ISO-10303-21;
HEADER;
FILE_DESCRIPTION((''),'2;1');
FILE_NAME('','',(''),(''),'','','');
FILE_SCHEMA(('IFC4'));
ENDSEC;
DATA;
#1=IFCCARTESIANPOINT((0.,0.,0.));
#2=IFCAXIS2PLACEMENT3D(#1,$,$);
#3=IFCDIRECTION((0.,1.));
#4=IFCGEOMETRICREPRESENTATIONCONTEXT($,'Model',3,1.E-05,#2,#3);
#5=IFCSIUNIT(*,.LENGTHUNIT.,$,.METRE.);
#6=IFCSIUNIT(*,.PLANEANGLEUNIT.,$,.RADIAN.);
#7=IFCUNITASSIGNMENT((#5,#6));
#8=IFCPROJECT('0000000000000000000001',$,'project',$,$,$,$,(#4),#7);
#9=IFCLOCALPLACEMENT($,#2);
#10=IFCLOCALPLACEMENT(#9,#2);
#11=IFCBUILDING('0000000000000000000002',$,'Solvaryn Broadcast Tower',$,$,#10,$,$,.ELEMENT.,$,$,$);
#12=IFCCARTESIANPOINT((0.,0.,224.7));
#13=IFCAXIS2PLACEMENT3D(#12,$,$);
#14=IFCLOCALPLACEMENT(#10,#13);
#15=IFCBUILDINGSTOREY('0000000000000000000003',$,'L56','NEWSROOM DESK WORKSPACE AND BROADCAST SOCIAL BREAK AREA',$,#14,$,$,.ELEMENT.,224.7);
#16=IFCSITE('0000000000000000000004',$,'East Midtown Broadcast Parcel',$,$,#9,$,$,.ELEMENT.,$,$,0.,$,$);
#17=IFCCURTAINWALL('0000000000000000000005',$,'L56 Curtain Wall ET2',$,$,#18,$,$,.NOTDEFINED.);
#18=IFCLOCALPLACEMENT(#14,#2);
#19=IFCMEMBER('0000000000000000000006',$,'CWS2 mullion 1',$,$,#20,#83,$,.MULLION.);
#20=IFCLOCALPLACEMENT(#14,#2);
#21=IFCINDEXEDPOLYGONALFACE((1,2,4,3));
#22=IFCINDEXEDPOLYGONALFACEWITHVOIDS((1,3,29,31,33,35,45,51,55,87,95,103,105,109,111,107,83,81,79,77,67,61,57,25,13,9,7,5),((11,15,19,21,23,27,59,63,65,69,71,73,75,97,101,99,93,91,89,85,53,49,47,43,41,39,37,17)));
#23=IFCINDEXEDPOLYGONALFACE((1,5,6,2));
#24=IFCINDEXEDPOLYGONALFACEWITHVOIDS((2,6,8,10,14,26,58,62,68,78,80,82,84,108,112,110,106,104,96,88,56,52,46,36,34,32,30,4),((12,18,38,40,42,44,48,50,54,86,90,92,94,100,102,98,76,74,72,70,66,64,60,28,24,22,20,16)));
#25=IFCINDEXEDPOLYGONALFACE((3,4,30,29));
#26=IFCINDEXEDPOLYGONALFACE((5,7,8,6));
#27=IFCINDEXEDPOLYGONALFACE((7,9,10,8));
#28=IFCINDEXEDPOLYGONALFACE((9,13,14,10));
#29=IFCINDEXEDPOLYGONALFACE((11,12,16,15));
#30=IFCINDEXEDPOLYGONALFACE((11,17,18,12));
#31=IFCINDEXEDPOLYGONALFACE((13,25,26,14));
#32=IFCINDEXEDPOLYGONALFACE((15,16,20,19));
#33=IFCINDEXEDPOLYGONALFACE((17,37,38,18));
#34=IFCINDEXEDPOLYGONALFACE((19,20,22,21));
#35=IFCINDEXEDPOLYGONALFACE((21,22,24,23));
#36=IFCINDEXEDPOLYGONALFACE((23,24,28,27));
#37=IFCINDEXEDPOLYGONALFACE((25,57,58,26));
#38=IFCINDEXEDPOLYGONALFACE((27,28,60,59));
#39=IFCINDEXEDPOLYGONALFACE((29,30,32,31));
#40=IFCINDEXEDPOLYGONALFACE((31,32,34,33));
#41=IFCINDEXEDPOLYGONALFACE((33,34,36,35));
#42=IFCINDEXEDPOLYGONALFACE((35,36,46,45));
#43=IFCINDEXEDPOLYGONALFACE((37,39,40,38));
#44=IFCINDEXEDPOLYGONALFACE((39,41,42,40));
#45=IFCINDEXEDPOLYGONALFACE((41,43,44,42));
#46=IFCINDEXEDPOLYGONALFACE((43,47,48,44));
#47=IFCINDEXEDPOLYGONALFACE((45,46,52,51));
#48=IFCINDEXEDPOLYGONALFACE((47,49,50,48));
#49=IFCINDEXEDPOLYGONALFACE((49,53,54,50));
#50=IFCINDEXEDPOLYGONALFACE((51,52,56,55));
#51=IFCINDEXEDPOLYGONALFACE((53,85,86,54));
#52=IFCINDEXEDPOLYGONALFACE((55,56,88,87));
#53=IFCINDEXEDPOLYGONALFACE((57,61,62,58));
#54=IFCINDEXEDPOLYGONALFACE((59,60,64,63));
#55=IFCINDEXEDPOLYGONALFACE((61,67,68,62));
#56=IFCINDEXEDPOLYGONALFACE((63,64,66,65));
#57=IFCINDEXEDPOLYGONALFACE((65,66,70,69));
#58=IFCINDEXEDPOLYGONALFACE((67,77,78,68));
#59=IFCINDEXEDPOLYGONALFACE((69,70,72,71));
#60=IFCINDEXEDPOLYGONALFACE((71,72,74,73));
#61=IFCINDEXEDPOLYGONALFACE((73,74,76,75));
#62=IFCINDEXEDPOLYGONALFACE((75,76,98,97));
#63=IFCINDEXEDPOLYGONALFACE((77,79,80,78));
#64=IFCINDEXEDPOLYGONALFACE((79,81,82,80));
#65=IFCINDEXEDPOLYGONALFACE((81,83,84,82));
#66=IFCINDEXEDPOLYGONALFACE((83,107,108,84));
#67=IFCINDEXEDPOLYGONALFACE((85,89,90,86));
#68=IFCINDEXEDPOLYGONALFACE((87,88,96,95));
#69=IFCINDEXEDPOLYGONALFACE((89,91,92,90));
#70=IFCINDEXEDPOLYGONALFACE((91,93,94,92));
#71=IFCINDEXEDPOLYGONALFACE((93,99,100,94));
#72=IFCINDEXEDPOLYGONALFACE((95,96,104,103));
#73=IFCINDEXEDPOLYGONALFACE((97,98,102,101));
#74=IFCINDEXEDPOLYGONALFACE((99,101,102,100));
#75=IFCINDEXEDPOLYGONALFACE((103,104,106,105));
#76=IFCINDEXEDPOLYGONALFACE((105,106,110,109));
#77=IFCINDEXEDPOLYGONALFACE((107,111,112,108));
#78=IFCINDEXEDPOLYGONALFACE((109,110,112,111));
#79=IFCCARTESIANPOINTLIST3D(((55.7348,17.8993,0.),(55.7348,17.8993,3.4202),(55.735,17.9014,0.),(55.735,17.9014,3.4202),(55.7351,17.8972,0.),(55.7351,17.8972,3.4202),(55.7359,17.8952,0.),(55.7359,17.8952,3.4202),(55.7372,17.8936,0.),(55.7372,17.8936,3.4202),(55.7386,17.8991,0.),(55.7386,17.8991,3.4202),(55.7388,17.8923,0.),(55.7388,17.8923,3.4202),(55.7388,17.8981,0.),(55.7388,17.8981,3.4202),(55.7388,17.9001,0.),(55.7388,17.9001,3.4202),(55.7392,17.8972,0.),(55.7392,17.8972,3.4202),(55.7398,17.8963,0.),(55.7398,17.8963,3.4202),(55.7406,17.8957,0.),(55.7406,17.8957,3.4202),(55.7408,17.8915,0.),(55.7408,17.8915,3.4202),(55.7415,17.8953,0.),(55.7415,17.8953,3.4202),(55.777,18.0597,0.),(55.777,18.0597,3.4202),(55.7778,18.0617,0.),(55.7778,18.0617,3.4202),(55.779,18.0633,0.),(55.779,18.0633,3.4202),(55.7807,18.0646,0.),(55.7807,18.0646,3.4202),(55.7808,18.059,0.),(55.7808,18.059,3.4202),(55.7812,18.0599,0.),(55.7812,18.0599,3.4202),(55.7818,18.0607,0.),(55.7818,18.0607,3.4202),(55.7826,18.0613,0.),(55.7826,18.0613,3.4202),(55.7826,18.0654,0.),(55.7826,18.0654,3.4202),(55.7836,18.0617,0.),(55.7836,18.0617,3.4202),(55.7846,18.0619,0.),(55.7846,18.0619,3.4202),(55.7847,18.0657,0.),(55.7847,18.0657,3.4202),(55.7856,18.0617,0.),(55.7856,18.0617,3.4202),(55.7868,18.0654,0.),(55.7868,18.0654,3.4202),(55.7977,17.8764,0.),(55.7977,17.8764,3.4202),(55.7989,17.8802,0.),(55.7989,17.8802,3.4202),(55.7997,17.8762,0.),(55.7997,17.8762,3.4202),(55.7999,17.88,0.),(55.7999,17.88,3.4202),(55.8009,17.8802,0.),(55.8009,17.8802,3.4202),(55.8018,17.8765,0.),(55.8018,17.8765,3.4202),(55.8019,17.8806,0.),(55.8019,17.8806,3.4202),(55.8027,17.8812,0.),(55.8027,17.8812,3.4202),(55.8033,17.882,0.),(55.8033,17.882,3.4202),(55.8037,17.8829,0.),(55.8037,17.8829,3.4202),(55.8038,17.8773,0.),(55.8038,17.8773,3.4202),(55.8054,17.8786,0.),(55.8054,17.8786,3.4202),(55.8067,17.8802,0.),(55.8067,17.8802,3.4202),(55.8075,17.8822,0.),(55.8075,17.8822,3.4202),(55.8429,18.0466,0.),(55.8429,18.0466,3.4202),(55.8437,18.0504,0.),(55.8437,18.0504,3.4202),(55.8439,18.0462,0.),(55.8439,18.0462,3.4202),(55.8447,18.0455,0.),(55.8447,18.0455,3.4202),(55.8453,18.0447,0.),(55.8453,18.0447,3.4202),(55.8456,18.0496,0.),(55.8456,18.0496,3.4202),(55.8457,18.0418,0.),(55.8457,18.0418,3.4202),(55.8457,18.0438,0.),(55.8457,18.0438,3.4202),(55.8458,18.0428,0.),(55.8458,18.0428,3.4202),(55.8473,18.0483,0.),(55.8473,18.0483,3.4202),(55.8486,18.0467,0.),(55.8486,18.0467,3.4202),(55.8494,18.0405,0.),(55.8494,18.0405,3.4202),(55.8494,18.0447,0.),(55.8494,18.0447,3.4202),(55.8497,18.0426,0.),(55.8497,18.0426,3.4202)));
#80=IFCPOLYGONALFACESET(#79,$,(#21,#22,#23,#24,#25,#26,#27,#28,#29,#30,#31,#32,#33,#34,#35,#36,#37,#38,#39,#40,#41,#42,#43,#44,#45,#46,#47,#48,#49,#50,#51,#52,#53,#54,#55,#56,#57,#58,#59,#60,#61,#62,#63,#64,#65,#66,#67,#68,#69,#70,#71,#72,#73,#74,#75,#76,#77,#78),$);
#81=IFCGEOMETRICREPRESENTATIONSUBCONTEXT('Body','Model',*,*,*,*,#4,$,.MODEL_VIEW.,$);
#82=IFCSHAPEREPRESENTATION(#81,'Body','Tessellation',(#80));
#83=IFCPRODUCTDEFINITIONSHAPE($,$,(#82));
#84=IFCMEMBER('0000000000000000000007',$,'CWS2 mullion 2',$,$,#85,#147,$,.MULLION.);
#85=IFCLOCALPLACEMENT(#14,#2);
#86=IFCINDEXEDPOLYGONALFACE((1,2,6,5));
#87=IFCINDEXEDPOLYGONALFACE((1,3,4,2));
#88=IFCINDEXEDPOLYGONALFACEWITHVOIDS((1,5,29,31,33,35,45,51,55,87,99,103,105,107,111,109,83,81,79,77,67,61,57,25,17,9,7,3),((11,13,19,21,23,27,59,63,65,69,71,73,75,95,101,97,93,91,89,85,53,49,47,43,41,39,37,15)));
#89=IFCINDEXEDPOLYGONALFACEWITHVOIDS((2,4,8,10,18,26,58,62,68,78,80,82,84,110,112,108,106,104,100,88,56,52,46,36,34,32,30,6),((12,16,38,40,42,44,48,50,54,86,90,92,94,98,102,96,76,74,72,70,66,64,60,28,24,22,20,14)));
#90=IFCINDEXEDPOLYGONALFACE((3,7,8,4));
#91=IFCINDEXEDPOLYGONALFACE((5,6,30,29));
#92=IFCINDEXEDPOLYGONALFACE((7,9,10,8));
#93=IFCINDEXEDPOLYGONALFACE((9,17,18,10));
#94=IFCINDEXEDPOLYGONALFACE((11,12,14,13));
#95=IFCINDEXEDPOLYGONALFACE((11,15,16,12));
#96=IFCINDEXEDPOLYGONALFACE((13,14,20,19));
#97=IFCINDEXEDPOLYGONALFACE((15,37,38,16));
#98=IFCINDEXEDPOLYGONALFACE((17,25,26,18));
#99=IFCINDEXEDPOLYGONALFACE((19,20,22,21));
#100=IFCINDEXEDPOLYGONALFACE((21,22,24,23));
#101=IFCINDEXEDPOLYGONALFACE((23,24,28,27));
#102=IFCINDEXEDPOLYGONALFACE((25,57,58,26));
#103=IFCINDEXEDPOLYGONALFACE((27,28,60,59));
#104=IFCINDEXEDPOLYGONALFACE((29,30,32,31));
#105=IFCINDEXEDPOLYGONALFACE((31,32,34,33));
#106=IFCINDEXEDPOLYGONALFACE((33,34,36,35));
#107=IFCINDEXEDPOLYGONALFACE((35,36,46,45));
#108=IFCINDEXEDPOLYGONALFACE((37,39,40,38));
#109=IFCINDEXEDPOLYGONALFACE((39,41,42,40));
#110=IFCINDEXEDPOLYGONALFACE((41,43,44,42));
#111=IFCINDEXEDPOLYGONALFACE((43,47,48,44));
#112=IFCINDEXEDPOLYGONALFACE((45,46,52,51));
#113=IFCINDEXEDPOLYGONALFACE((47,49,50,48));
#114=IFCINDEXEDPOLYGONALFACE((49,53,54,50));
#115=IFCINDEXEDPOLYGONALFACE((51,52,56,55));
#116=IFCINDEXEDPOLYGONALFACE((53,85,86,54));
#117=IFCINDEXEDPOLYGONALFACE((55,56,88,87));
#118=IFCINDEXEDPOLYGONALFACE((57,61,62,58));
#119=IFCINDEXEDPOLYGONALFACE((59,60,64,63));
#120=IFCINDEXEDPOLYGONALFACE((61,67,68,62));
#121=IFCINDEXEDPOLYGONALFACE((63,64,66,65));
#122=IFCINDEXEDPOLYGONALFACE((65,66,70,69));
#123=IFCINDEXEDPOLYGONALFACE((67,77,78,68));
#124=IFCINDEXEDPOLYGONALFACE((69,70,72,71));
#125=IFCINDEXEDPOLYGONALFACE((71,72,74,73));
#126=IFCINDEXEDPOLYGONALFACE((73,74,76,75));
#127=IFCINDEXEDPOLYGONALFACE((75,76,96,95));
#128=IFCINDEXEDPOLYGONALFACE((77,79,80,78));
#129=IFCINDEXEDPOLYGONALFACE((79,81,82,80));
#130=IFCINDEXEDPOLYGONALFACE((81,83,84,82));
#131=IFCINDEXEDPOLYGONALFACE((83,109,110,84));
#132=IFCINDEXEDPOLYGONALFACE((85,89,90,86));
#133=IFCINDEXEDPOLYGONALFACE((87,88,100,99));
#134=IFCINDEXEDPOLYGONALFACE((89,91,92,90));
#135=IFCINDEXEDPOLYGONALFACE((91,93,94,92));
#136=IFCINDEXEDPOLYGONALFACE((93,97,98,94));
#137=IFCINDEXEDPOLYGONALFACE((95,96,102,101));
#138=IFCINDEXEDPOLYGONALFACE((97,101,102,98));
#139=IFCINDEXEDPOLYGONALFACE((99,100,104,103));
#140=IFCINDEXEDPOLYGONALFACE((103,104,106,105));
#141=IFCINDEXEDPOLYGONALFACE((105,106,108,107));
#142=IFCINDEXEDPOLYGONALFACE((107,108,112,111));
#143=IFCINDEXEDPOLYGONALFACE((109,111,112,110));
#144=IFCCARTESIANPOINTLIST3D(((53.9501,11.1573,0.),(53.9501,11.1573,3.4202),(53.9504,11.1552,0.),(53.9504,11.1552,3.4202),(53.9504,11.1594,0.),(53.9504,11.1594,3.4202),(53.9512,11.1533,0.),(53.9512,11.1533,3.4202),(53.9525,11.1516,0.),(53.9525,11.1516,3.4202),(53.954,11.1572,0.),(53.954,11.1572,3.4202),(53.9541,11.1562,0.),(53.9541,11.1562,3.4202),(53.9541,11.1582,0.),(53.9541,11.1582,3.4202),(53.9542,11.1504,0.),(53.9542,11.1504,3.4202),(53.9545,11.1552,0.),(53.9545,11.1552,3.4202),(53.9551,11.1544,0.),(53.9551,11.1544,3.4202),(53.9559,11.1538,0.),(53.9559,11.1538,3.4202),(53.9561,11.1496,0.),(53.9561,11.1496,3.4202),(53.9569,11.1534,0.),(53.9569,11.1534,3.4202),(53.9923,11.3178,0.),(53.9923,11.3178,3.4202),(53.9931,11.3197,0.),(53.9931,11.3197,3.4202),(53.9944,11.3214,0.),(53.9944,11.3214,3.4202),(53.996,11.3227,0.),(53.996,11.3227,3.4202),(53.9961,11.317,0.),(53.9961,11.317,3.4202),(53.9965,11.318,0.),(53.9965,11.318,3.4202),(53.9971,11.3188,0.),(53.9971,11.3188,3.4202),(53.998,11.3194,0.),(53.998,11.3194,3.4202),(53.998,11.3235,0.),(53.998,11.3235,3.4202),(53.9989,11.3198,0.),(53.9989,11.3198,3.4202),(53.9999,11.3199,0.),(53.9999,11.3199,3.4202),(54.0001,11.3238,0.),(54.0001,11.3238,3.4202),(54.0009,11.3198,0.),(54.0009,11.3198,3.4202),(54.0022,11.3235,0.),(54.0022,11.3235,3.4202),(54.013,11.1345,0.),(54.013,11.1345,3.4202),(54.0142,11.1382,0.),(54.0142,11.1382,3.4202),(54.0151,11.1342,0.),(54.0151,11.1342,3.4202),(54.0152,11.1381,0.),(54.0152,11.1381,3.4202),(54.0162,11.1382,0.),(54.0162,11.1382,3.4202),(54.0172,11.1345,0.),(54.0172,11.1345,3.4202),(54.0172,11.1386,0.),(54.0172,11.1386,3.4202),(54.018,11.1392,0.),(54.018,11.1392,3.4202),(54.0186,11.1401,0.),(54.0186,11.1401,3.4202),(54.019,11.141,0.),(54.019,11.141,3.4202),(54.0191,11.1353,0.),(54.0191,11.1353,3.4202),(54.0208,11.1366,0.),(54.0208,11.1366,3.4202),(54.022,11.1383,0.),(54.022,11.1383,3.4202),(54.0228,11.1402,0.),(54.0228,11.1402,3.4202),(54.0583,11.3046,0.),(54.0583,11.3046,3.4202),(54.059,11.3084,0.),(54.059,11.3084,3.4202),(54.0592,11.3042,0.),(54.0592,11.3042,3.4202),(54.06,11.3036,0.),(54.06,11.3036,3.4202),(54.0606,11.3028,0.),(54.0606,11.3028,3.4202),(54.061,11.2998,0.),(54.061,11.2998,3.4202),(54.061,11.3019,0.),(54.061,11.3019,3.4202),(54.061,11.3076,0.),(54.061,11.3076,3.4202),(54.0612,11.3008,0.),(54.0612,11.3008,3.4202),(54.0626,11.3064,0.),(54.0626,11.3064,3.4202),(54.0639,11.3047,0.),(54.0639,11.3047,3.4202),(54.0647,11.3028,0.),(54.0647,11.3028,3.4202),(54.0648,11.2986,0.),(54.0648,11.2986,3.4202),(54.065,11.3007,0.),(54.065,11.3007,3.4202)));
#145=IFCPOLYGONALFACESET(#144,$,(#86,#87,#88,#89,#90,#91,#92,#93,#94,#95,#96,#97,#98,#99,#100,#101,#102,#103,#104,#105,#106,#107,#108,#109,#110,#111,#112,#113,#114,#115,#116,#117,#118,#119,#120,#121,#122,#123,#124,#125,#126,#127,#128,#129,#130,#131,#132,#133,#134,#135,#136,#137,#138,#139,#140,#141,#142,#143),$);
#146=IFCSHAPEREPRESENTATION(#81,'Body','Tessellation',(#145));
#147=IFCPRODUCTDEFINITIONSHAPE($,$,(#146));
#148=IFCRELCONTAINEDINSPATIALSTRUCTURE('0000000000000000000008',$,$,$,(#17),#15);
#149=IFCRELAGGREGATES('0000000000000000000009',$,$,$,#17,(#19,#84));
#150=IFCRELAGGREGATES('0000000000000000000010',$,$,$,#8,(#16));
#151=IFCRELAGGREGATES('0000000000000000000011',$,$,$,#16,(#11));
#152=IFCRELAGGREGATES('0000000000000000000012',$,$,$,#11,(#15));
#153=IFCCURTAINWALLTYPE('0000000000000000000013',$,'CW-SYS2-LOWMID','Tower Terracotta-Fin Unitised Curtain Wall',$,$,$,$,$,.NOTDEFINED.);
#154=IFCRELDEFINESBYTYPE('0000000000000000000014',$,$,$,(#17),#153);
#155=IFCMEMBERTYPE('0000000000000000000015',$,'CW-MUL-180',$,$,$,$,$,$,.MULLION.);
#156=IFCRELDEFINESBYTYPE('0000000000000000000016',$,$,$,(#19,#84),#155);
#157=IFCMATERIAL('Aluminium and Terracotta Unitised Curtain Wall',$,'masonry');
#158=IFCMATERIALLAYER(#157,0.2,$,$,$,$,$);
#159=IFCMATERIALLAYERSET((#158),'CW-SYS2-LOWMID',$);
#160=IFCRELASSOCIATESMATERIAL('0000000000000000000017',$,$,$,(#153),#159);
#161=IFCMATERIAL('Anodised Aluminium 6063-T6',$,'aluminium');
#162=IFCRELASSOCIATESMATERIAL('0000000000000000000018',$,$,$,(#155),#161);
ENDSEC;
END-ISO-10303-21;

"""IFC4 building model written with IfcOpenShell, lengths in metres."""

from ifc_helpers import new_model, si_unit, direction, frame, origin, origin_2d, place, context, subcontext, project, spatial, hollow_rectangle, extrude, material, layer, layer_set, material_profile, profile_set, type_object, element, aggregate, save


model = new_model("IFC4")

# Units and contexts
model_context = context("Model", 3, precision=1e-05, world=origin(), true_north=direction((0.0, 1.0)))
body_context = subcontext(model_context, "Body", "Model", "MODEL_VIEW")
ifc_project = project(units=[si_unit("LENGTHUNIT", "METRE"), si_unit("PLANEANGLEUNIT", "RADIAN")], contexts=[model_context])

# Site, building, storey
site_placement = place(None, origin())
site = spatial("IfcSite", under=ifc_project, at=site_placement, Name="East Midtown Broadcast Parcel", CompositionType="ELEMENT", RefElevation=0.0)
building_placement = place(site_placement, origin())
building = spatial("IfcBuilding", under=site, at=building_placement, Name="Solvaryn Broadcast Tower", CompositionType="ELEMENT")
storey_placement = place(building_placement, frame((0.0, 0.0, 224.7)))
storey = spatial("IfcBuildingStorey", under=building, at=storey_placement, Name="L56", Description="NEWSROOM DESK WORKSPACE AND BROADCAST SOCIAL BREAK AREA", CompositionType="ELEMENT", Elevation=224.7)

# Shared definitions
ifc_material_1 = material(Name="Aluminium and Terracotta Unitised Curtain Wall", Category="masonry")
ifc_layer_1 = layer(ifc_material_1, 0.2)
ifc_layer_set_1 = layer_set([ifc_layer_1], Name="CW-SYS2-LOWMID")
curtain_wall_type = type_object("IfcCurtainWallType", Name="CW-SYS2-LOWMID", Description="Tower Terracotta-Fin Unitised Curtain Wall", PredefinedType="NOTDEFINED", material=ifc_layer_set_1)
ifc_material_2 = material(Name="Anodised Aluminium 6063-T6", Category="aluminium")
ifc_material_profile_1 = material_profile(ifc_material_2, hollow_rectangle(XDim=0.075, YDim=0.1799, WallThickness=0.0039, InnerFilletRadius=0.0039, OuterFilletRadius=0.0081, at=origin_2d()))
ifc_profile_set_1 = profile_set([ifc_material_profile_1], Name="Anodised Aluminium 6063-T6")
member_type_1 = type_object("IfcMemberType", Name="CW-MUL-180", PredefinedType="MULLION", material=ifc_profile_set_1)

# Curtain wall, members
curtain_wall_1_placement = place(storey_placement, origin())
curtain_wall_1 = element("IfcCurtainWall", 1, at=curtain_wall_1_placement, inside=storey, type_object=curtain_wall_type, Name="L56 Curtain Wall ET2", PredefinedType="NOTDEFINED")
member_1_placement = place(storey_placement, frame((55.7922, 17.9709, 0.0), z_axis=(0.0, 0.0, 1.0), x_axis=(0.966705, -0.255893, 0.0)))
member_1 = element("IfcMember", 2, at=member_1_placement, type_object=member_type_1, Name="CWS2 mullion 1", PredefinedType="MULLION", context=body_context, shape_type="SweptSolid", body=[
    extrude(hollow_rectangle(XDim=0.075, YDim=0.1799, WallThickness=0.0039, InnerFilletRadius=0.0039, OuterFilletRadius=0.0081, at=origin_2d()), origin(), (0.0, 0.0, 1.0), 3.4202),
])
member_2_placement = place(storey_placement, frame((54.0076, 11.229, 0.0), z_axis=(0.0, 0.0, 1.0), x_axis=(0.966705, -0.255893, 0.0)))
member_2 = element("IfcMember", 3, at=member_2_placement, type_object=member_type_1, Name="CWS2 mullion 2", PredefinedType="MULLION", context=body_context, shape_type="SweptSolid", body=[
    extrude(hollow_rectangle(XDim=0.075, YDim=0.1799, WallThickness=0.0039, InnerFilletRadius=0.0039, OuterFilletRadius=0.0081, at=origin_2d()), origin(), (0.0, 0.0, 1.0), 3.4202),
])
aggregate(curtain_wall_1, [member_1, member_2])

save(model, "model.ifc")
